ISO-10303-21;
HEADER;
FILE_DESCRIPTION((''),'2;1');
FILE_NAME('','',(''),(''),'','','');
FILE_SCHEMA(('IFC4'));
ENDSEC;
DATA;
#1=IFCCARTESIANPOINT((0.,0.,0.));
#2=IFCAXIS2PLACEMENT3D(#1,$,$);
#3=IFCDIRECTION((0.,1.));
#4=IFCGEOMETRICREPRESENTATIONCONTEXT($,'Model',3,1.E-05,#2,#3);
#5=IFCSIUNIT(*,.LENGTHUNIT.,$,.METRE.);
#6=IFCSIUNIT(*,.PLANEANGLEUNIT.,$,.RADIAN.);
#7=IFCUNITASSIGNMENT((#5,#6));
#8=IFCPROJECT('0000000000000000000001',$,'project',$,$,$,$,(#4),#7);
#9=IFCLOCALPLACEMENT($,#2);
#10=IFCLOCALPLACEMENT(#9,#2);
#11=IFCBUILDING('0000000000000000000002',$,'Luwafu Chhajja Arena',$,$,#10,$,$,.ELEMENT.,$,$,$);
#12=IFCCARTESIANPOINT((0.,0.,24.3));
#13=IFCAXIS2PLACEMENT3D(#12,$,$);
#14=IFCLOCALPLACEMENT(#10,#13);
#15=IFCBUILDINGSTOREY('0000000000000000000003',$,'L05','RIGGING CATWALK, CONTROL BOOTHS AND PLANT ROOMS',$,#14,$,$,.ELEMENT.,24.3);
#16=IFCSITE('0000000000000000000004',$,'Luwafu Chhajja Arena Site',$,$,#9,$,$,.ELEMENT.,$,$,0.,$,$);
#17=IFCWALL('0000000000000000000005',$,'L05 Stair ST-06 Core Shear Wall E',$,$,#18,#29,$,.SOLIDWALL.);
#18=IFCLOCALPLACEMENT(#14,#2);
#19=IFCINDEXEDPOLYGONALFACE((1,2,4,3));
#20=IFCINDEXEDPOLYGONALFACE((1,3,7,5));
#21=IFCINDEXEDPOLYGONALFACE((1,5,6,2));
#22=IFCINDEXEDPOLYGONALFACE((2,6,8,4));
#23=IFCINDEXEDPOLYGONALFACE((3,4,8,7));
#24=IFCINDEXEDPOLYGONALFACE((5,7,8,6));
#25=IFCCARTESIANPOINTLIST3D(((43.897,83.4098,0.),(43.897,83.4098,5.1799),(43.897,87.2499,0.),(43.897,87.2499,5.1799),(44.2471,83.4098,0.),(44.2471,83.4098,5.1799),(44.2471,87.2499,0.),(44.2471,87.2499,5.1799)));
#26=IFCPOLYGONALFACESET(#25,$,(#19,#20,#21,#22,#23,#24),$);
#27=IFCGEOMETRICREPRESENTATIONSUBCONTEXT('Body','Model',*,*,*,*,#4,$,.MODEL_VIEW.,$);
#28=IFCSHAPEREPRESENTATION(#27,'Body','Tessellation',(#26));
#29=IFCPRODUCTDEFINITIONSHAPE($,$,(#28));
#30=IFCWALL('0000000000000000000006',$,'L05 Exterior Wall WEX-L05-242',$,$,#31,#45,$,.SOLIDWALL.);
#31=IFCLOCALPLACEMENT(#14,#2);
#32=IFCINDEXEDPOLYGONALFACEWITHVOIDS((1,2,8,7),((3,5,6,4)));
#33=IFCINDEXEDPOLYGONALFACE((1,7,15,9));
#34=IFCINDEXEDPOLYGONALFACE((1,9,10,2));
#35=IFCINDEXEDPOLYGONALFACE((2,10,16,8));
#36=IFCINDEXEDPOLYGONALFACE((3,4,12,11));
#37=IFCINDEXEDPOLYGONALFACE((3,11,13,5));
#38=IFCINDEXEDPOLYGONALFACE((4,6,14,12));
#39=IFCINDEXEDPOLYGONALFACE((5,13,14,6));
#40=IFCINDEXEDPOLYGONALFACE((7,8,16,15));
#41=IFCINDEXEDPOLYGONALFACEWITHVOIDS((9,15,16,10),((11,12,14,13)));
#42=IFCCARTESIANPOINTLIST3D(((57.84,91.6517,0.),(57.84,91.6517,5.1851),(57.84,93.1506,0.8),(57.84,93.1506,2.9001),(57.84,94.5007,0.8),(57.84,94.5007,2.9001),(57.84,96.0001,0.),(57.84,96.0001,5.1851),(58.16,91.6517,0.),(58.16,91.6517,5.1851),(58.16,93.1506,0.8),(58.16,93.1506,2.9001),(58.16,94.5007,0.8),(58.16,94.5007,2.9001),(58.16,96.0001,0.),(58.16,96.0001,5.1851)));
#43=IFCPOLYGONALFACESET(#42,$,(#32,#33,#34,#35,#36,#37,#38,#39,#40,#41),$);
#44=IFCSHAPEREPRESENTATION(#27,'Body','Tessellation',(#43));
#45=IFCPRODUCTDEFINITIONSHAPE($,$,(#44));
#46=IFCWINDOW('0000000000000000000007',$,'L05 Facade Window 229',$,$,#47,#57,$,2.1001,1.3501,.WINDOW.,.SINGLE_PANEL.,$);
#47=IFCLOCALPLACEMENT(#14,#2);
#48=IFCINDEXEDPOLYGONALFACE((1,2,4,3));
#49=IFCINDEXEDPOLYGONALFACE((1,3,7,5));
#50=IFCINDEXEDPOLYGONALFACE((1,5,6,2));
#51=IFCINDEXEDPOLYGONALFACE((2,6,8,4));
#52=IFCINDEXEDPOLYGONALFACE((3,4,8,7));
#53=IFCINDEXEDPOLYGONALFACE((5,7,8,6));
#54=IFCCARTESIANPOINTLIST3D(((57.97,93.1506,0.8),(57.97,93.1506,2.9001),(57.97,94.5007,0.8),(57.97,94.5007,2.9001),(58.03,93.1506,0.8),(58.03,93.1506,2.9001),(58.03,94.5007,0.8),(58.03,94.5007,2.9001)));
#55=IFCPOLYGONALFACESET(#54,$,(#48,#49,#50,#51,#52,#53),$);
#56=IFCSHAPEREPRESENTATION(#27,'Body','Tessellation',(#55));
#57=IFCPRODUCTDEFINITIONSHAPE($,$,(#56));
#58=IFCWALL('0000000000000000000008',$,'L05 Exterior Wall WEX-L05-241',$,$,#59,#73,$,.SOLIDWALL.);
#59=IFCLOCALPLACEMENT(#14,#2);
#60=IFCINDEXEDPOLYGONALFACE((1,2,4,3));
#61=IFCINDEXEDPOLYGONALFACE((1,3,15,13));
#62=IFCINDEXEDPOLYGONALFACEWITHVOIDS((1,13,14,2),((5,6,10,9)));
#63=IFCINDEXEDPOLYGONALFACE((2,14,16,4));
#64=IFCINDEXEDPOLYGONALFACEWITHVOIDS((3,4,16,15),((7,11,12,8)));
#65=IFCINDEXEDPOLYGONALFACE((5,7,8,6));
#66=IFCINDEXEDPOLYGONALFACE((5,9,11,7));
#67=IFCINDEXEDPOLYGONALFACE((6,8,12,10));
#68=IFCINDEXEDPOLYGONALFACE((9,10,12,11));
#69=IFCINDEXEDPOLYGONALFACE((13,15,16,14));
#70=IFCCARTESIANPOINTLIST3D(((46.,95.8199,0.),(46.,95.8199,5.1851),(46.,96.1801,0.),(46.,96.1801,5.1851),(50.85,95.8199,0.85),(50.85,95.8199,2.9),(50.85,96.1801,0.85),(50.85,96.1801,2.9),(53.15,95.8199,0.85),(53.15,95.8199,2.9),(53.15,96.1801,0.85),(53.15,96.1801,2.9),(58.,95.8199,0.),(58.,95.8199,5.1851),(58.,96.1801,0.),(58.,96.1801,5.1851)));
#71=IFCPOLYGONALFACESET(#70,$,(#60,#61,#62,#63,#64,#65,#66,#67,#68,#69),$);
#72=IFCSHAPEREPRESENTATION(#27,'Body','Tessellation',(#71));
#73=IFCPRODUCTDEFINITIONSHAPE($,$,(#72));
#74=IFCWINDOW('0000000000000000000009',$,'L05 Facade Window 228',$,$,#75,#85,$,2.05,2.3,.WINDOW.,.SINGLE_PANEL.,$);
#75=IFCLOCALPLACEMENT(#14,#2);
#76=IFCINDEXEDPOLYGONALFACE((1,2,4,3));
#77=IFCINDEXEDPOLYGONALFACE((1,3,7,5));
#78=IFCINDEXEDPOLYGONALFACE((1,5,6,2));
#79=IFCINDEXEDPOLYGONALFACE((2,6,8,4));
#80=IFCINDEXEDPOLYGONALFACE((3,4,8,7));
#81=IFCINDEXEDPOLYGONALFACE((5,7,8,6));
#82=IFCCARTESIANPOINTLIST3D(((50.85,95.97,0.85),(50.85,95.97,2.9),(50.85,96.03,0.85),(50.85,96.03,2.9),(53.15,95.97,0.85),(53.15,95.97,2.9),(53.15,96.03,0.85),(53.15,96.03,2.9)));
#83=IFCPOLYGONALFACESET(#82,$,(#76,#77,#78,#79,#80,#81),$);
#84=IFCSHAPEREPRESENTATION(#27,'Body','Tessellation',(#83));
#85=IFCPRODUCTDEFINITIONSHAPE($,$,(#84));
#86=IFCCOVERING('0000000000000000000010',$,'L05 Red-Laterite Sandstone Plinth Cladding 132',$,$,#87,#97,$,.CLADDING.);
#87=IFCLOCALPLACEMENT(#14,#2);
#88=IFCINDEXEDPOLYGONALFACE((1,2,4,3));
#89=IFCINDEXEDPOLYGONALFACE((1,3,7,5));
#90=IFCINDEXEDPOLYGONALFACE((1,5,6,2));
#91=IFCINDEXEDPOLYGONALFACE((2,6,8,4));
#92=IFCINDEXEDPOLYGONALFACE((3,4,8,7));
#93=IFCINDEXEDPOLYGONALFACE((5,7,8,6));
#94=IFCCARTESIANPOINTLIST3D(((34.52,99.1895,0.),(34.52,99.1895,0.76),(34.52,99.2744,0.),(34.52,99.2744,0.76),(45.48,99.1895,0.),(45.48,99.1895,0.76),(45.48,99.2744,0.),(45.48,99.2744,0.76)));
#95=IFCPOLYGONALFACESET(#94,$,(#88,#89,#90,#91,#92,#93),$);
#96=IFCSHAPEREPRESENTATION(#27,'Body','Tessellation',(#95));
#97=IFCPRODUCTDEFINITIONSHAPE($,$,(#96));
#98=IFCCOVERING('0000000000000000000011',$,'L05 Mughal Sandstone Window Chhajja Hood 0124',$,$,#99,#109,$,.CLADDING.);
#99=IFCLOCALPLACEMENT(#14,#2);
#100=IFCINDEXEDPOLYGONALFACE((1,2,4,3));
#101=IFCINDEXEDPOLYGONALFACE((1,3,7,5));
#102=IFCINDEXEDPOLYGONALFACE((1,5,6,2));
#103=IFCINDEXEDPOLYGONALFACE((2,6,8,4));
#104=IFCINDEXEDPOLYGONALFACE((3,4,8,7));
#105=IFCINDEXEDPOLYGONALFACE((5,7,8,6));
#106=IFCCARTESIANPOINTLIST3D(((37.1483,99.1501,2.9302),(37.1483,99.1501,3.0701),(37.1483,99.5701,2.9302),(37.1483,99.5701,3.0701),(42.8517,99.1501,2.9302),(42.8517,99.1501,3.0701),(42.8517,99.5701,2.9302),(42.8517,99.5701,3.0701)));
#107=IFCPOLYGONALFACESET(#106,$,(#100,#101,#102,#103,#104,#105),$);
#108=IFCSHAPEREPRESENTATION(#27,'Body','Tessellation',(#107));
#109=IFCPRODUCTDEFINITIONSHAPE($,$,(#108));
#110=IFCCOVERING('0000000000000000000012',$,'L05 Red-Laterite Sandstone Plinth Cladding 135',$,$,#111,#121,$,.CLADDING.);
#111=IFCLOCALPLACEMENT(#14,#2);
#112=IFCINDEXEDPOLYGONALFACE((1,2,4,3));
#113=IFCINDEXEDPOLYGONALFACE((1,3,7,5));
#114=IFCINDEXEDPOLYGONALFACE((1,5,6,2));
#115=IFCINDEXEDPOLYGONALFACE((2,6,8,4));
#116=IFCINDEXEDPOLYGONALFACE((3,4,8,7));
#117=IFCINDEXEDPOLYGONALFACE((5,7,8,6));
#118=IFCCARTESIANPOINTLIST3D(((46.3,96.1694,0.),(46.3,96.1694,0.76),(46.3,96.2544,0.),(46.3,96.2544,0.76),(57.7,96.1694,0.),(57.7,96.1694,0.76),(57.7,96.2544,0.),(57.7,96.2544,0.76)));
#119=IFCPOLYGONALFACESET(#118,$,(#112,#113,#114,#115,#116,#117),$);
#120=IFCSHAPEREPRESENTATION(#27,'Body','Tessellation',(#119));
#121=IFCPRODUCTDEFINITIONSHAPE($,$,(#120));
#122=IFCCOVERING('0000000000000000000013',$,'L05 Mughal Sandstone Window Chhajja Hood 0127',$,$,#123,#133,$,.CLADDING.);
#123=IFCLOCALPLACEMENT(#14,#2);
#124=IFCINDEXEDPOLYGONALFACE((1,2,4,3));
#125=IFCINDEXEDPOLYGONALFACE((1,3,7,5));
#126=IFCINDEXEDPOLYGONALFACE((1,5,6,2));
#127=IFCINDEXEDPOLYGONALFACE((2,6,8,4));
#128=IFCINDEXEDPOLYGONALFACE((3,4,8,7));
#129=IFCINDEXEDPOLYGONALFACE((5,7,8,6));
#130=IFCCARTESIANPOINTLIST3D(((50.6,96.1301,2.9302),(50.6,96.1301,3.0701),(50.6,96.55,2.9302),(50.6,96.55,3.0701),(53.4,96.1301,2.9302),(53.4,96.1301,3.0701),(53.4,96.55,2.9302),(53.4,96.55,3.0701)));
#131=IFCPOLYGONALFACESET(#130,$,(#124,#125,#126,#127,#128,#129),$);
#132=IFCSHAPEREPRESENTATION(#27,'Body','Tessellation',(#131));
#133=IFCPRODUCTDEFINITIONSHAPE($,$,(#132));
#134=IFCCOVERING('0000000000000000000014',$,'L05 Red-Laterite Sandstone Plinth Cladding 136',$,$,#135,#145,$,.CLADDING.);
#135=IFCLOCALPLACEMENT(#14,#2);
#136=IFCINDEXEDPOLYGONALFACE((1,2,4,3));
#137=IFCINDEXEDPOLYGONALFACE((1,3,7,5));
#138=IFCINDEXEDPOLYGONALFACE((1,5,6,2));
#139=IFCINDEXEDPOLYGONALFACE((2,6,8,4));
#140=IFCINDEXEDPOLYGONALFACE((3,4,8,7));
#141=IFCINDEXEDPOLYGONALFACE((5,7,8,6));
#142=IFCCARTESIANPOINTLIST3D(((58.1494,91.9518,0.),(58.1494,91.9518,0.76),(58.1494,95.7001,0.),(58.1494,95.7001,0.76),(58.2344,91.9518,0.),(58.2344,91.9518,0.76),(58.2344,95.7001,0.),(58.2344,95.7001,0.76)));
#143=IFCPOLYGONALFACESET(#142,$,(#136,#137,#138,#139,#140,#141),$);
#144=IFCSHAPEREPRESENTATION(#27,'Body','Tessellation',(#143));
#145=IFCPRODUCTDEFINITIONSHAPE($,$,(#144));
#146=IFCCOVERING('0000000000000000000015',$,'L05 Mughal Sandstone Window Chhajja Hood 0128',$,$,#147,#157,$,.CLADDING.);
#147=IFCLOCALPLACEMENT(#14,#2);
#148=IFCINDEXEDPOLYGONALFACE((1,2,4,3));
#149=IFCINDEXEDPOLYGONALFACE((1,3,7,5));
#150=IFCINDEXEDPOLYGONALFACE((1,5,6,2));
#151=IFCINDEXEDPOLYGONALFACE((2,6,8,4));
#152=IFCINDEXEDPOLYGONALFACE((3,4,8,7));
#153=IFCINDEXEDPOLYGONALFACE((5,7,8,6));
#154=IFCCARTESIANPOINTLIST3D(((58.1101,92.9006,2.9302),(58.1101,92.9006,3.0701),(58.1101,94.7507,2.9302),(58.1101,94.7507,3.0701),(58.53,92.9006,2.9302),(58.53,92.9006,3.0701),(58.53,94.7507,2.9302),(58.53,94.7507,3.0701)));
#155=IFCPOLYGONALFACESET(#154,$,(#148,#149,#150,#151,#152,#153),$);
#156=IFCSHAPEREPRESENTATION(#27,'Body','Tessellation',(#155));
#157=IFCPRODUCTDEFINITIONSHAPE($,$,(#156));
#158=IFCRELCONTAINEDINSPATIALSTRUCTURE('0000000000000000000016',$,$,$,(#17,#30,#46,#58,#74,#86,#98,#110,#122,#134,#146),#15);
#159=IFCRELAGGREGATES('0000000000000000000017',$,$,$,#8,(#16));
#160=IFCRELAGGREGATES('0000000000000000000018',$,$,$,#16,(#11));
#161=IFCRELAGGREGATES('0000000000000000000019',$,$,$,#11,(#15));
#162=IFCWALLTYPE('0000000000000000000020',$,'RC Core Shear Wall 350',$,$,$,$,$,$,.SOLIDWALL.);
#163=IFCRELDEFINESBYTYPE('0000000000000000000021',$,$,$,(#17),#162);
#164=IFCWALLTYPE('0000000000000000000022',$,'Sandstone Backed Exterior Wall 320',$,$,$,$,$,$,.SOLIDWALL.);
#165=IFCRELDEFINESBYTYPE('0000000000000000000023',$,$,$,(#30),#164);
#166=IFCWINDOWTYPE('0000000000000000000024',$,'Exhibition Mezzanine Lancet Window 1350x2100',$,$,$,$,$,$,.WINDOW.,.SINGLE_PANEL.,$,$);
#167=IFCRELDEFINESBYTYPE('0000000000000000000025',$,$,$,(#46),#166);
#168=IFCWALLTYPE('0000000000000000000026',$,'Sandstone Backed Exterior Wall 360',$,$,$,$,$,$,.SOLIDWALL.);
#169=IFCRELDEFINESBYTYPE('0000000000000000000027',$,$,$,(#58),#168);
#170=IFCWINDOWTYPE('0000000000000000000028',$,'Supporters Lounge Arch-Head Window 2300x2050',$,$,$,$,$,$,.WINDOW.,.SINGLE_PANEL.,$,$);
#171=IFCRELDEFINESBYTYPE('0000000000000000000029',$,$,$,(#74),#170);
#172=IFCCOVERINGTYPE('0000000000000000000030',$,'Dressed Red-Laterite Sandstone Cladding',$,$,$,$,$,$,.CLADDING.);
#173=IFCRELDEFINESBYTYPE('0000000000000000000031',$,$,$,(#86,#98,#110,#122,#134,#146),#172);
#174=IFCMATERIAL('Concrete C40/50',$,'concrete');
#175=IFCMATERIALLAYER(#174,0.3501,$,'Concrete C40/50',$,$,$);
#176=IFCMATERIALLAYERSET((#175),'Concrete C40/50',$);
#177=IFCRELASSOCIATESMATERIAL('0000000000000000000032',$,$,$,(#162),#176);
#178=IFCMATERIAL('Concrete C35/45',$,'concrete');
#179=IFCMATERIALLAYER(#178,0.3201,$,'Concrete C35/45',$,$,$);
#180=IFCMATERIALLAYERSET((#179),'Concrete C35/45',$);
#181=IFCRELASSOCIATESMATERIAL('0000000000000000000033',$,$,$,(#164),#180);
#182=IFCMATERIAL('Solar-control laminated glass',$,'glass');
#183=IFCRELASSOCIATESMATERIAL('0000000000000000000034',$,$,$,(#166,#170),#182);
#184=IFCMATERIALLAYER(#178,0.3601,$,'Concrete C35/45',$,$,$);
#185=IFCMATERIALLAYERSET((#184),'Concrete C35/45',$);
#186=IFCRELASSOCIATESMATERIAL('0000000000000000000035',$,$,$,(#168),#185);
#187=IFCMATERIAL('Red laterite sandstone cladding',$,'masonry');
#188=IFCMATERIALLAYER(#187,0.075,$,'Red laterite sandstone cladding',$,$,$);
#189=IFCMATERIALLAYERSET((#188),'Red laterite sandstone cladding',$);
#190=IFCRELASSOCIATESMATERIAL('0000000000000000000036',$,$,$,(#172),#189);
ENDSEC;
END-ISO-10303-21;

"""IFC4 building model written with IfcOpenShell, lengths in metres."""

from ifc_helpers import new_model, si_unit, direction, frame, frame_2d, origin, origin_2d, place, context, subcontext, project, spatial, rectangle, extrude, material, layer, layer_set, type_object, element, fill, save


model = new_model("IFC4")

# Units and contexts
model_context = context("Model", 3, precision=1e-05, world=origin(), true_north=direction((0.0, 1.0)))
body_context = subcontext(model_context, "Body", "Model", "MODEL_VIEW")
ifc_project = project(units=[si_unit("LENGTHUNIT", "METRE"), si_unit("PLANEANGLEUNIT", "RADIAN")], contexts=[model_context])

# Site, building, storey
site_placement = place(None, origin())
site = spatial("IfcSite", under=ifc_project, at=site_placement, Name="Luwafu Chhajja Arena Site", CompositionType="ELEMENT", RefElevation=0.0)
building_placement = place(site_placement, origin())
building = spatial("IfcBuilding", under=site, at=building_placement, Name="Luwafu Chhajja Arena", CompositionType="ELEMENT")
storey_placement = place(building_placement, frame((0.0, 0.0, 24.3)))
storey = spatial("IfcBuildingStorey", under=building, at=storey_placement, Name="L05", Description="RIGGING CATWALK, CONTROL BOOTHS AND PLANT ROOMS", CompositionType="ELEMENT", Elevation=24.3)

# Shared definitions
ifc_material_1 = material(Name="Concrete C35/45", Category="concrete")

# Shared definitions
ifc_material_2 = material(Name="Concrete C40/50", Category="concrete")

# Wall
ifc_layer_1 = layer(ifc_material_2, 0.3501, Name="Concrete C40/50")
ifc_layer_set_1 = layer_set([ifc_layer_1], Name="Concrete C40/50")
wall_type_1 = type_object("IfcWallType", Name="RC Core Shear Wall 350", PredefinedType="SOLIDWALL", material=ifc_layer_set_1)
wall_1_placement = place(storey_placement, frame((44.072, 83.4099, 0.0), z_axis=(0.0, 0.0, 1.0), x_axis=(0.0, 1.0, 0.0)))
element("IfcWall", 1, at=wall_1_placement, inside=storey, type_object=wall_type_1, Name="L05 Stair ST-06 Core Shear Wall E", PredefinedType="SOLIDWALL", context=body_context, shape_type="SweptSolid", body=[
    extrude(rectangle(XDim=3.8401, YDim=0.3501, at=frame_2d((1.9199, 0.0))), origin(), (0.0, 0.0, 1.0), 5.1799),
])

# Walls, openings, windows
ifc_layer_2 = layer(ifc_material_1, 0.3201, Name="Concrete C35/45")
ifc_layer_set_2 = layer_set([ifc_layer_2], Name="Concrete C35/45")
wall_type_2 = type_object("IfcWallType", Name="Sandstone Backed Exterior Wall 320", PredefinedType="SOLIDWALL", material=ifc_layer_set_2)
wall_2_placement = place(storey_placement, frame((58.0, 91.6516, 0.0), z_axis=(0.0, 0.0, 1.0), x_axis=(0.0, 1.0, 0.0)))
wall_2 = element("IfcWall", 2, at=wall_2_placement, inside=storey, type_object=wall_type_2, Name="L05 Exterior Wall WEX-L05-242", PredefinedType="SOLIDWALL", context=body_context, shape_type="SweptSolid", body=[
    extrude(rectangle(XDim=4.3484, YDim=0.3201, at=frame_2d((2.1743, 0.0))), origin(), (0.0, 0.0, 1.0), 5.1851),
])
opening_1_placement = place(wall_2_placement, frame((1.499, 0.0, 0.8)))
opening_1 = element("IfcOpeningElement", 3, at=opening_1_placement, cuts=wall_2, PredefinedType="OPENING", context=body_context, shape_type="SweptSolid", body=[
    extrude(rectangle(XDim=1.3501, YDim=2.1001, at=frame_2d((0.675, 1.05))), frame((0.0, 0.1699, 0.0), z_axis=(0.0, -1.0, 0.0), x_axis=(1.0, 0.0, 0.0)), (0.0, 0.0, 1.0), 0.3401),
])
ifc_material_3 = material(Name="Solar-control laminated glass", Category="glass")
window_type_1 = type_object("IfcWindowType", Name="Exhibition Mezzanine Lancet Window 1350x2100", PartitioningType="SINGLE_PANEL", PredefinedType="WINDOW", material=ifc_material_3)
window_1_placement = place(opening_1_placement, origin())
window_1 = element("IfcWindow", 4, at=window_1_placement, inside=storey, type_object=window_type_1, Name="L05 Facade Window 229", OverallHeight=2.1001, OverallWidth=1.3501, PartitioningType="SINGLE_PANEL", PredefinedType="WINDOW", context=body_context, shape_type="SweptSolid", body=[
    extrude(rectangle(XDim=1.3501, YDim=2.1001, at=frame_2d((0.675, 1.05))), frame((0.0, 0.03, 0.0), z_axis=(0.0, -1.0, 0.0), x_axis=(1.0, 0.0, 0.0)), (0.0, 0.0, 1.0), 0.0601),
])
fill(opening_1, window_1)
ifc_layer_3 = layer(ifc_material_1, 0.3601, Name="Concrete C35/45")
ifc_layer_set_3 = layer_set([ifc_layer_3], Name="Concrete C35/45")
wall_type_3 = type_object("IfcWallType", Name="Sandstone Backed Exterior Wall 360", PredefinedType="SOLIDWALL", material=ifc_layer_set_3)
wall_3_placement = place(storey_placement, frame((46.0, 96.0, 0.0), z_axis=(0.0, 0.0, 1.0), x_axis=(1.0, 0.0, 0.0)))
wall_3 = element("IfcWall", 5, at=wall_3_placement, inside=storey, type_object=wall_type_3, Name="L05 Exterior Wall WEX-L05-241", PredefinedType="SOLIDWALL", context=body_context, shape_type="SweptSolid", body=[
    extrude(rectangle(XDim=12.0, YDim=0.3601, at=frame_2d((6.0, 0.0))), origin(), (0.0, 0.0, 1.0), 5.1851),
])
opening_2_placement = place(wall_3_placement, frame((4.8501, 0.0, 0.8501)))
opening_2 = element("IfcOpeningElement", 6, at=opening_2_placement, cuts=wall_3, PredefinedType="OPENING", context=body_context, shape_type="SweptSolid", body=[
    extrude(rectangle(XDim=2.3, YDim=2.05, at=frame_2d((1.1499, 1.0249))), frame((0.0, 0.1899, 0.0), z_axis=(0.0, -1.0, 0.0), x_axis=(1.0, 0.0, 0.0)), (0.0, 0.0, 1.0), 0.3801),
])
window_type_2 = type_object("IfcWindowType", Name="Supporters Lounge Arch-Head Window 2300x2050", PartitioningType="SINGLE_PANEL", PredefinedType="WINDOW", material=ifc_material_3)
window_2_placement = place(opening_2_placement, origin())
window_2 = element("IfcWindow", 7, at=window_2_placement, inside=storey, type_object=window_type_2, Name="L05 Facade Window 228", OverallHeight=2.05, OverallWidth=2.3, PartitioningType="SINGLE_PANEL", PredefinedType="WINDOW", context=body_context, shape_type="SweptSolid", body=[
    extrude(rectangle(XDim=2.3, YDim=2.05, at=frame_2d((1.1499, 1.0249))), frame((0.0, 0.03, 0.0), z_axis=(0.0, -1.0, 0.0), x_axis=(1.0, 0.0, 0.0)), (0.0, 0.0, 1.0), 0.0601),
])
fill(opening_2, window_2)

# Coverings
ifc_material_4 = material(Name="Red laterite sandstone cladding", Category="masonry")
ifc_layer_4 = layer(ifc_material_4, 0.075, Name="Red laterite sandstone cladding")
ifc_layer_set_4 = layer_set([ifc_layer_4], Name="Red laterite sandstone cladding")
covering_type = type_object("IfcCoveringType", Name="Dressed Red-Laterite Sandstone Cladding", PredefinedType="CLADDING", material=ifc_layer_set_4)
covering_1_placement = place(storey_placement, frame((40.0, 99.2319, 0.0), z_axis=(0.0, 0.0, 1.0), x_axis=(1.0, 0.0, 0.0)))
element("IfcCovering", 8, at=covering_1_placement, inside=storey, type_object=covering_type, Name="L05 Red-Laterite Sandstone Plinth Cladding 132", PredefinedType="CLADDING", context=body_context, shape_type="SweptSolid", body=[
    extrude(rectangle(XDim=10.96, YDim=0.085, at=origin_2d()), origin(), (0.0, 0.0, 1.0), 0.76),
])
covering_2_placement = place(storey_placement, frame((40.0, 99.3601, 2.9302), z_axis=(0.0, 0.0, 1.0), x_axis=(1.0, 0.0, 0.0)))
element("IfcCovering", 9, at=covering_2_placement, inside=storey, type_object=covering_type, Name="L05 Mughal Sandstone Window Chhajja Hood 0124", PredefinedType="CLADDING", context=body_context, shape_type="SweptSolid", body=[
    extrude(rectangle(XDim=5.7034, YDim=0.4199, at=origin_2d()), origin(), (0.0, 0.0, 1.0), 0.1399),
])
covering_3_placement = place(storey_placement, frame((52.0, 96.2119, 0.0), z_axis=(0.0, 0.0, 1.0), x_axis=(1.0, 0.0, 0.0)))
element("IfcCovering", 10, at=covering_3_placement, inside=storey, type_object=covering_type, Name="L05 Red-Laterite Sandstone Plinth Cladding 135", PredefinedType="CLADDING", context=body_context, shape_type="SweptSolid", body=[
    extrude(rectangle(XDim=11.3999, YDim=0.085, at=origin_2d()), origin(), (0.0, 0.0, 1.0), 0.76),
])
covering_4_placement = place(storey_placement, frame((52.0, 96.3401, 2.9302), z_axis=(0.0, 0.0, 1.0), x_axis=(1.0, 0.0, 0.0)))
element("IfcCovering", 11, at=covering_4_placement, inside=storey, type_object=covering_type, Name="L05 Mughal Sandstone Window Chhajja Hood 0127", PredefinedType="CLADDING", context=body_context, shape_type="SweptSolid", body=[
    extrude(rectangle(XDim=2.8, YDim=0.4199, at=origin_2d()), origin(), (0.0, 0.0, 1.0), 0.1399),
])
covering_5_placement = place(storey_placement, frame((58.1919, 93.8259, 0.0), z_axis=(0.0, 0.0, 1.0), x_axis=(0.0, 1.0, 0.0)))
element("IfcCovering", 12, at=covering_5_placement, inside=storey, type_object=covering_type, Name="L05 Red-Laterite Sandstone Plinth Cladding 136", PredefinedType="CLADDING", context=body_context, shape_type="SweptSolid", body=[
    extrude(rectangle(XDim=3.7483, YDim=0.085, at=origin_2d()), origin(), (0.0, 0.0, 1.0), 0.76),
])
covering_6_placement = place(storey_placement, frame((58.3201, 93.8257, 2.9302), z_axis=(0.0, 0.0, 1.0), x_axis=(0.0, 1.0, 0.0)))
element("IfcCovering", 13, at=covering_6_placement, inside=storey, type_object=covering_type, Name="L05 Mughal Sandstone Window Chhajja Hood 0128", PredefinedType="CLADDING", context=body_context, shape_type="SweptSolid", body=[
    extrude(rectangle(XDim=1.8501, YDim=0.4199, at=origin_2d()), origin(), (0.0, 0.0, 1.0), 0.1399),
])

save(model, "model.ifc")
